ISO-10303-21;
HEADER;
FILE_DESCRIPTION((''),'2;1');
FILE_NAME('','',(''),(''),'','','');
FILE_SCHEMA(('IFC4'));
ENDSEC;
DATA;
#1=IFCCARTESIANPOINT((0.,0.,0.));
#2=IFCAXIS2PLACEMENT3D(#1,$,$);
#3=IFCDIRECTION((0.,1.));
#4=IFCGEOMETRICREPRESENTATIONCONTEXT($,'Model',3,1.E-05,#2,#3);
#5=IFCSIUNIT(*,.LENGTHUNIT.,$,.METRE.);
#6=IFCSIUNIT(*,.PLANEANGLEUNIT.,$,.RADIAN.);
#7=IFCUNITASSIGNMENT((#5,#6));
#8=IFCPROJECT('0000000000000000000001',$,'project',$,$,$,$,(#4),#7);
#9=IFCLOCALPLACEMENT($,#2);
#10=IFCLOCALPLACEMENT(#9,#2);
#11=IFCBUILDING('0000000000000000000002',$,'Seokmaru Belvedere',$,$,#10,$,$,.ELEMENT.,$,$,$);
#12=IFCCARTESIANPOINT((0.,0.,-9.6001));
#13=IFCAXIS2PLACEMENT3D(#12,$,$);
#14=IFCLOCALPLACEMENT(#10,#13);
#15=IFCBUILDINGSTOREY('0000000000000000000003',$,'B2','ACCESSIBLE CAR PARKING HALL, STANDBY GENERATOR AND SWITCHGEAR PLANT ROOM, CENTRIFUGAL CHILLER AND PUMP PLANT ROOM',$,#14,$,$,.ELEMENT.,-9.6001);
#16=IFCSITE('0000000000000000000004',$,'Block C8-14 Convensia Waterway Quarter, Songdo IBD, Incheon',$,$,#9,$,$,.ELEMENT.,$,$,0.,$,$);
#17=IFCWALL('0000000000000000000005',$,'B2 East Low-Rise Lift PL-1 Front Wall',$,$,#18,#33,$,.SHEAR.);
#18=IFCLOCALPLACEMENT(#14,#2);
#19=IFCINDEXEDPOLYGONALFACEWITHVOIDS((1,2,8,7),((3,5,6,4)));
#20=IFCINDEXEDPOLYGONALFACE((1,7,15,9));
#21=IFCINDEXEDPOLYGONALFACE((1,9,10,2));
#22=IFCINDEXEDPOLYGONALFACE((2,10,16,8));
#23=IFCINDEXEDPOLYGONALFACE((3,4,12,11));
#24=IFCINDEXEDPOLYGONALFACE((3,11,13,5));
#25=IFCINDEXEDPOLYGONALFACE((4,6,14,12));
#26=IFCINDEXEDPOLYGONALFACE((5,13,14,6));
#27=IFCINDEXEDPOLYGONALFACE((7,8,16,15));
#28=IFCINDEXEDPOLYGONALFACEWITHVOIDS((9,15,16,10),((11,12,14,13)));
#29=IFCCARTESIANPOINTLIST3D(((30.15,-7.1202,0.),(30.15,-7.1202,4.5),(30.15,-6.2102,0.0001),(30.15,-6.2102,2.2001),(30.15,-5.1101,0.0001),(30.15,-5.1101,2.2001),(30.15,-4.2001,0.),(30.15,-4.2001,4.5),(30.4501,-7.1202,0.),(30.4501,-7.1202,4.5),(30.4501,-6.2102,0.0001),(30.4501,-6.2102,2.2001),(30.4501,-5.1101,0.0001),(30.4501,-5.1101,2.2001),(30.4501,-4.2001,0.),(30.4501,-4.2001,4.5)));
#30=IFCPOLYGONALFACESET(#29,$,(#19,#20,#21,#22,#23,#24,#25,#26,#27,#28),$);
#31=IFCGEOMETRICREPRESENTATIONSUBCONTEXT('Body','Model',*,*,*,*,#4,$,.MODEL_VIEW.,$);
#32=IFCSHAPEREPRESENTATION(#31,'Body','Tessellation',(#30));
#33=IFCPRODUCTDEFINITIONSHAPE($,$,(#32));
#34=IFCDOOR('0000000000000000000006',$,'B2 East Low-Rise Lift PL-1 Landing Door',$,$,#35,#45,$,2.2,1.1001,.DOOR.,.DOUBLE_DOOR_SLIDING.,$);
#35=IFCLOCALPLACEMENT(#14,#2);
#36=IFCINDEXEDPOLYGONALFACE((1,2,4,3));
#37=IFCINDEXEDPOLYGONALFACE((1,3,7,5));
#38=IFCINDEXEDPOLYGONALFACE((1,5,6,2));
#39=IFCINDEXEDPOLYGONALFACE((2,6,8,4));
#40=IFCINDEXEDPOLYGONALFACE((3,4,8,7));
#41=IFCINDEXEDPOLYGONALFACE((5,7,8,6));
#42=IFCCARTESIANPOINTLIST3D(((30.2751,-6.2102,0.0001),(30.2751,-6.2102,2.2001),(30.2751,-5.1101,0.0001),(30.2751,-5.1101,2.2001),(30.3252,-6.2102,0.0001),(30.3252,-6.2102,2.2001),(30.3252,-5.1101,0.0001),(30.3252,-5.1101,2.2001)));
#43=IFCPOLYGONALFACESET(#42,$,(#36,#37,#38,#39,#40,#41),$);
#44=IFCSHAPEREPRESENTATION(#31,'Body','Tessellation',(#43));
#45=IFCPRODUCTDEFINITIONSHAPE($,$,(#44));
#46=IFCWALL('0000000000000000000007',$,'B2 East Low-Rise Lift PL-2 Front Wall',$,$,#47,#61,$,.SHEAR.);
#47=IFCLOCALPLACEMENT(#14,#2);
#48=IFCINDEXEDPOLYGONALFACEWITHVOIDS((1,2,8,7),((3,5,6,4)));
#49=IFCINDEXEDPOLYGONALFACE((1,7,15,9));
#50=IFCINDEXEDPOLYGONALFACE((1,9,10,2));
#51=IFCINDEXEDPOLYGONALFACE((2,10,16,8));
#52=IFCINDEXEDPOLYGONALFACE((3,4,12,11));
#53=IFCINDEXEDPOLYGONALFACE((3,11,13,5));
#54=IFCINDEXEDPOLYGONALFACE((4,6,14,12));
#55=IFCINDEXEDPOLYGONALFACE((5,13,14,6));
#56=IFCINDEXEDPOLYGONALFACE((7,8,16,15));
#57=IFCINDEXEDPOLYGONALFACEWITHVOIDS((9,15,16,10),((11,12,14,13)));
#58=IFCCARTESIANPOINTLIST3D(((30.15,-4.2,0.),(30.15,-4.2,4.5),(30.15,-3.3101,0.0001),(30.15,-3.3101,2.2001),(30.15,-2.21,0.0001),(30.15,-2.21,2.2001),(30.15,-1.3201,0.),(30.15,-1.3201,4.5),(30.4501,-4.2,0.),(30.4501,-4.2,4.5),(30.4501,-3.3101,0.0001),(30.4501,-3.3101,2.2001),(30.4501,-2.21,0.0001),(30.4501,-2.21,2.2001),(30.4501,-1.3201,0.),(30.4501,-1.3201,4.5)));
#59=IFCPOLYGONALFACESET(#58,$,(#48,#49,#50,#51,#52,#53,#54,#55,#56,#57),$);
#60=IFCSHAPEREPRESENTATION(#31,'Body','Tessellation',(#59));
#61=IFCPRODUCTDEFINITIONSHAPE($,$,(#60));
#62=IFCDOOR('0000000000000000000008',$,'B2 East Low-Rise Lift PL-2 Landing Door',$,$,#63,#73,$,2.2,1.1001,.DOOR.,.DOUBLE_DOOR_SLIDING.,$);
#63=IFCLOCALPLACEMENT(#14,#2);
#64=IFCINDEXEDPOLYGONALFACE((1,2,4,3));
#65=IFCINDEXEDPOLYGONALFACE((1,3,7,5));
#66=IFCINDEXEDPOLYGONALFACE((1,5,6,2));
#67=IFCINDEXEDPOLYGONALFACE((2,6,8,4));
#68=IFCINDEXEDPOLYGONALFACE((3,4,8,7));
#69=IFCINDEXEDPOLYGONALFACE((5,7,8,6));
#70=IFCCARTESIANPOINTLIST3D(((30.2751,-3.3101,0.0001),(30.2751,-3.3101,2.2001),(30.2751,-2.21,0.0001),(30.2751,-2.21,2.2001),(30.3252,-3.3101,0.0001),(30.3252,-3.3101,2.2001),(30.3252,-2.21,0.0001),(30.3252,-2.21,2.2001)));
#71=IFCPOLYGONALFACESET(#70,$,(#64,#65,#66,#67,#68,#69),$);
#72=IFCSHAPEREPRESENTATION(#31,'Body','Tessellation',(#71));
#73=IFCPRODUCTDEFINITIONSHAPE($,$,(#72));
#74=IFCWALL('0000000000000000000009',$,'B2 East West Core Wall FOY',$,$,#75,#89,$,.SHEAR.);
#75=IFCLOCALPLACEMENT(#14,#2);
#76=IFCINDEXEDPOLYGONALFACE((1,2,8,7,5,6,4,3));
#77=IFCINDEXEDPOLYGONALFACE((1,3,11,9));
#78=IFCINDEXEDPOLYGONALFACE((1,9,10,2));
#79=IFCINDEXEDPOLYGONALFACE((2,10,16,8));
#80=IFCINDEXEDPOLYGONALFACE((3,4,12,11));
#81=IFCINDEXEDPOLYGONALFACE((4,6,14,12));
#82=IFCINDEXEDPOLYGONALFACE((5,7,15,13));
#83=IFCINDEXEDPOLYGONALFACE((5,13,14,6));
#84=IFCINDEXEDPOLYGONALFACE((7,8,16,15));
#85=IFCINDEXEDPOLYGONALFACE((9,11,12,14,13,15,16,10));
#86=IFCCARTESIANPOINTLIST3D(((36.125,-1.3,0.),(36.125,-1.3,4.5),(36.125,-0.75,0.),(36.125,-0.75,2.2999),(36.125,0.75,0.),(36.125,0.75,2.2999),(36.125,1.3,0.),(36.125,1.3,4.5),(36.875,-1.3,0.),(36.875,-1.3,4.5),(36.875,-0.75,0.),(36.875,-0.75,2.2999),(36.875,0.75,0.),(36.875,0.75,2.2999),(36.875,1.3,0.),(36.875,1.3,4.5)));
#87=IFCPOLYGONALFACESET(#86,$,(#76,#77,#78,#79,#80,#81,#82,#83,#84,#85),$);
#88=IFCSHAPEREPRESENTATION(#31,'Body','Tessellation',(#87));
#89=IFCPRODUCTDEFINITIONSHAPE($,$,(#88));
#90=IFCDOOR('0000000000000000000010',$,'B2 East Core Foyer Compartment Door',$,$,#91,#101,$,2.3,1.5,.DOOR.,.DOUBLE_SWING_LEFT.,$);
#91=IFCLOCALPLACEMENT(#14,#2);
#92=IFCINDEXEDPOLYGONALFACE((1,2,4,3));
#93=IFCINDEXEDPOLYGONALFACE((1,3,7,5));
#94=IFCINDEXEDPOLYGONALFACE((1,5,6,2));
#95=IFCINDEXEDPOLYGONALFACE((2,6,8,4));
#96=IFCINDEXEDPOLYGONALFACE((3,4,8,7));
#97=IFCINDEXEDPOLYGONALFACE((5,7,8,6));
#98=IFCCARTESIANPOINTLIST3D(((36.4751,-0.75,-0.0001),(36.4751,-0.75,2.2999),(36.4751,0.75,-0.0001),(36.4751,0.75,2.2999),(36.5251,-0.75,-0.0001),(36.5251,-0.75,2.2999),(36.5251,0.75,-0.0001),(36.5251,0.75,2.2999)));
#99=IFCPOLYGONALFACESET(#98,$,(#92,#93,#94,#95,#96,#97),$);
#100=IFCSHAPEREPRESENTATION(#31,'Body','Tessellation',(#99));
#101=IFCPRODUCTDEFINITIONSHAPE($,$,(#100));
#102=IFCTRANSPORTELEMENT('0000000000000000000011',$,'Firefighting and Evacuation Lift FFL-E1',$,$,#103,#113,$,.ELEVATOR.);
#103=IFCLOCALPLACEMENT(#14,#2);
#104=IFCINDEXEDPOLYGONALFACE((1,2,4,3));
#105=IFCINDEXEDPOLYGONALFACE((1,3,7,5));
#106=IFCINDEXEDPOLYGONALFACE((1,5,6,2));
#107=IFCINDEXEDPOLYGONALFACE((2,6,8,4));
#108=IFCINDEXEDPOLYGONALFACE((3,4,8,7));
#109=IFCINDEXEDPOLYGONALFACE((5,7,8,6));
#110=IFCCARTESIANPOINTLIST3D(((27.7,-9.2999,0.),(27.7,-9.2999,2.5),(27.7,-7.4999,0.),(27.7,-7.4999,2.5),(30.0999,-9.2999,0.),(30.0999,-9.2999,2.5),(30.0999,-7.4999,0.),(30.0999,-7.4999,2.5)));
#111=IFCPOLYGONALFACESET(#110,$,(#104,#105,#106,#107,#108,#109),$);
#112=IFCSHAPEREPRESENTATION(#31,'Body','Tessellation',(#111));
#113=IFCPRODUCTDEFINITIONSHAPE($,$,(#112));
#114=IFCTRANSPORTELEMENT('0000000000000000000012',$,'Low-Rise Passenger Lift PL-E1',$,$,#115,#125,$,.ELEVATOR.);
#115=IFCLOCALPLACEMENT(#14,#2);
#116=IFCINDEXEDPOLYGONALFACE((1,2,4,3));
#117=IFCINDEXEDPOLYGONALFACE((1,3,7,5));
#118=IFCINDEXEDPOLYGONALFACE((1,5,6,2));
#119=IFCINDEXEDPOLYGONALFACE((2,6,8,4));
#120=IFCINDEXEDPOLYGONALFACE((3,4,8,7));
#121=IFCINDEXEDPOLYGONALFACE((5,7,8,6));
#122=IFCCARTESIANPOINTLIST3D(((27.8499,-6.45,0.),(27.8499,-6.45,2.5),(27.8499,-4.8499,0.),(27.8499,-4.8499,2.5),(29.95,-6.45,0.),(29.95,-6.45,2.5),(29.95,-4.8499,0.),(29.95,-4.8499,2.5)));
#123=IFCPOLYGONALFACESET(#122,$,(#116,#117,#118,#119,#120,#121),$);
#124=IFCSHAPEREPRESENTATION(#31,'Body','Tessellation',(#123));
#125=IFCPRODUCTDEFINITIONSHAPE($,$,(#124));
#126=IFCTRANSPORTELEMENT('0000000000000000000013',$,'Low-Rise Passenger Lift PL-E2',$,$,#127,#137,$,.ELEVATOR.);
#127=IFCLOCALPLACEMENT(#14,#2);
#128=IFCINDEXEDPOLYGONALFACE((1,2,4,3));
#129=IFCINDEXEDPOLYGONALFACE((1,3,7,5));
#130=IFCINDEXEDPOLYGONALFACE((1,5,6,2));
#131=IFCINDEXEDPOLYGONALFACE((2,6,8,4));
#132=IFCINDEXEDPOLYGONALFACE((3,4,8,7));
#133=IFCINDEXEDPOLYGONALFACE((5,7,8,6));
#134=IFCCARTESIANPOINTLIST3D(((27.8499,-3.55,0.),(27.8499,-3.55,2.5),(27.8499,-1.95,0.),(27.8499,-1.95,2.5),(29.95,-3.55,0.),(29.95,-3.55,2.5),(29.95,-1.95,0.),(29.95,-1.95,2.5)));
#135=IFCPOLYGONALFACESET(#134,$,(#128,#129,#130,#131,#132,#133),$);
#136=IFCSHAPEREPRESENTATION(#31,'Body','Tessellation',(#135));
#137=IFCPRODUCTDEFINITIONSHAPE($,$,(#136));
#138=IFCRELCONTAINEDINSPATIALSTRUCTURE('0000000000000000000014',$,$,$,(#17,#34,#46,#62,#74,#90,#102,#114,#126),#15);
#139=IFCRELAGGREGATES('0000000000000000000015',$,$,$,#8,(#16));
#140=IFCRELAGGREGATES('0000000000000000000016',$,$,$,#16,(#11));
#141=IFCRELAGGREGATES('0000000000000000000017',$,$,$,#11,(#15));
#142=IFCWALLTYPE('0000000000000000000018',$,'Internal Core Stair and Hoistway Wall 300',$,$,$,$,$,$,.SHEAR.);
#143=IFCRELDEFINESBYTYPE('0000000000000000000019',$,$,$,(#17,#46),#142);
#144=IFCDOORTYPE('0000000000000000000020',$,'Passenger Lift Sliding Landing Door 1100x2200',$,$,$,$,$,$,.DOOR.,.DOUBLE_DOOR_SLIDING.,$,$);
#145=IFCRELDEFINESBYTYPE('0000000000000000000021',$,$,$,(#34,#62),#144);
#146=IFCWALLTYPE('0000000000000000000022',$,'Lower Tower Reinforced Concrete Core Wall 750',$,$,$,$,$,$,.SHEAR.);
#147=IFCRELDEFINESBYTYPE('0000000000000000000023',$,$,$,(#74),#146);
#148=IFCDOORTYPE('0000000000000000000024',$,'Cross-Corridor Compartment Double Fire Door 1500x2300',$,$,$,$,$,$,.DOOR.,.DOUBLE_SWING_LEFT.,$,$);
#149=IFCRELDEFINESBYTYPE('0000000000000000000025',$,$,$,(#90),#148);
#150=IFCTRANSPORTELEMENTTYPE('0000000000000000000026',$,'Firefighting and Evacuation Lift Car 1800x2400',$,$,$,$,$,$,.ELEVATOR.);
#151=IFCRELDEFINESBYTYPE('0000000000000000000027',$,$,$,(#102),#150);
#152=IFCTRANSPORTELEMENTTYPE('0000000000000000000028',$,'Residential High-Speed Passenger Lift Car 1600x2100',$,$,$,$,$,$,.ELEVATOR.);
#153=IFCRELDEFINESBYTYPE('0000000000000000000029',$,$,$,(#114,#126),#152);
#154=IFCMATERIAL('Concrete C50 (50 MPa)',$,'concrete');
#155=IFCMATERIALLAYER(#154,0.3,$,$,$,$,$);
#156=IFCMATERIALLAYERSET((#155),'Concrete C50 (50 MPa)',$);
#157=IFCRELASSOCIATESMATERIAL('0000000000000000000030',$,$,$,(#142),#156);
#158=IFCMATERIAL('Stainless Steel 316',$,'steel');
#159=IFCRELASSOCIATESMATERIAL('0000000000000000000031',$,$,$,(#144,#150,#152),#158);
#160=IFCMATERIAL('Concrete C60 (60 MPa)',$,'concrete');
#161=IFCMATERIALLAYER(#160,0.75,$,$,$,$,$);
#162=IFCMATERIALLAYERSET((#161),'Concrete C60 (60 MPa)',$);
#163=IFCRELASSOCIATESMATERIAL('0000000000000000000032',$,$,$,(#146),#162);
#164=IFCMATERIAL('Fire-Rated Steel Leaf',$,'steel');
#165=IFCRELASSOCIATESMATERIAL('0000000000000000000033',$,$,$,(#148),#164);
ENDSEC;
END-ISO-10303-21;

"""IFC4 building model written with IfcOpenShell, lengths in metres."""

from ifc_helpers import new_model, si_unit, direction, frame, frame_2d, origin, origin_2d, place, context, subcontext, project, spatial, rectangle, extrude, source, transform, mapped, material, layer, layer_set, type_object, type_shapes, element, fill, save


model = new_model("IFC4")

# Units and contexts
model_context = context("Model", 3, precision=1e-05, world=origin(), true_north=direction((0.0, 1.0)))
body_context = subcontext(model_context, "Body", "Model", "MODEL_VIEW")
ifc_project = project(units=[si_unit("LENGTHUNIT", "METRE"), si_unit("PLANEANGLEUNIT", "RADIAN")], contexts=[model_context])

# Site, building, storey
site_placement = place(None, origin())
site = spatial("IfcSite", under=ifc_project, at=site_placement, Name="Block C8-14 Convensia Waterway Quarter, Songdo IBD, Incheon", CompositionType="ELEMENT", RefElevation=0.0)
building_placement = place(site_placement, origin())
building = spatial("IfcBuilding", under=site, at=building_placement, Name="Seokmaru Belvedere", CompositionType="ELEMENT")
storey_placement = place(building_placement, frame((0.0, 0.0, -9.6001)))
storey = spatial("IfcBuildingStorey", under=building, at=storey_placement, Name="B2", Description="ACCESSIBLE CAR PARKING HALL, STANDBY GENERATOR AND SWITCHGEAR PLANT ROOM, CENTRIFUGAL CHILLER AND PUMP PLANT ROOM", CompositionType="ELEMENT", Elevation=-9.6001)

# Shared definitions
ifc_material_1 = material(Name="Concrete C50 (50 MPa)", Category="concrete")

# Shared definitions
ifc_material_2 = material(Name="Fire-Rated Steel Leaf", Category="steel")

# Walls, openings, doors
ifc_layer_1 = layer(ifc_material_1, 0.3)
ifc_layer_set_1 = layer_set([ifc_layer_1], Name="Concrete C50 (50 MPa)")
wall_type_1 = type_object("IfcWallType", Name="Internal Core Stair and Hoistway Wall 300", PredefinedType="SHEAR", material=ifc_layer_set_1)
ifc_material_3 = material(Name="Stainless Steel 316", Category="steel")
wall_1_placement = place(storey_placement, frame((30.3, -7.1201, 0.0), z_axis=(0.0, 0.0, 1.0), x_axis=(0.0, 1.0, 0.0)))
wall_1 = element("IfcWall", 1, at=wall_1_placement, inside=storey, type_object=wall_type_1, Name="B2 East Low-Rise Lift PL-1 Front Wall", PredefinedType="SHEAR", context=body_context, shape_type="SweptSolid", body=[
    extrude(rectangle(XDim=2.9202, YDim=0.3, at=frame_2d((1.46, 0.0))), origin(), (0.0, 0.0, 1.0), 4.5),
])
opening_1_placement = place(wall_1_placement, frame((0.9099, 0.0, 0.0)))
opening_1 = element("IfcOpeningElement", 2, at=opening_1_placement, cuts=wall_1, PredefinedType="OPENING", context=body_context, shape_type="SweptSolid", body=[
    extrude(rectangle(XDim=1.1001, YDim=2.2, at=frame_2d((0.55, 1.1001))), frame((0.0, 0.1602, 0.0), z_axis=(0.0, -1.0, 0.0), x_axis=(1.0, 0.0, 0.0)), (0.0, 0.0, 1.0), 0.3201),
])
door_type_1 = type_object("IfcDoorType", Name="Passenger Lift Sliding Landing Door 1100x2200", OperationType="DOUBLE_DOOR_SLIDING", PredefinedType="DOOR", material=ifc_material_3)
shared_shape_1 = source(origin(), body_context, "Body", "SweptSolid", [
    extrude(rectangle(XDim=1.1001, YDim=2.2, at=frame_2d((0.55, 1.1001))), frame((0.0, 0.0249, 0.0), z_axis=(0.0, -1.0, 0.0), x_axis=(1.0, 0.0, 0.0)), (0.0, 0.0, 1.0), 0.05),
])
type_shapes(door_type_1, [shared_shape_1])
door_1_placement = place(opening_1_placement, origin())
door_1 = element("IfcDoor", 3, at=door_1_placement, inside=storey, type_object=door_type_1, Name="B2 East Low-Rise Lift PL-1 Landing Door", OperationType="DOUBLE_DOOR_SLIDING", OverallHeight=2.2, OverallWidth=1.1001, PredefinedType="DOOR", context=body_context, shape_type="MappedRepresentation", body=[
    mapped(shared_shape_1, transform((0.0, 0.0, 0.0), scale=1.0)),
])
fill(opening_1, door_1)
wall_2_placement = place(storey_placement, frame((30.3, -4.2, 0.0), z_axis=(0.0, 0.0, 1.0), x_axis=(0.0, 1.0, 0.0)))
wall_2 = element("IfcWall", 4, at=wall_2_placement, inside=storey, type_object=wall_type_1, Name="B2 East Low-Rise Lift PL-2 Front Wall", PredefinedType="SHEAR", context=body_context, shape_type="SweptSolid", body=[
    extrude(rectangle(XDim=2.8799, YDim=0.3, at=frame_2d((1.4399, 0.0))), origin(), (0.0, 0.0, 1.0), 4.5),
])
opening_2_placement = place(wall_2_placement, frame((0.8899, 0.0, 0.0)))
opening_2 = element("IfcOpeningElement", 5, at=opening_2_placement, cuts=wall_2, PredefinedType="OPENING", context=body_context, shape_type="SweptSolid", body=[
    extrude(rectangle(XDim=1.1001, YDim=2.2, at=frame_2d((0.55, 1.1001))), frame((0.0, 0.1602, 0.0), z_axis=(0.0, -1.0, 0.0), x_axis=(1.0, 0.0, 0.0)), (0.0, 0.0, 1.0), 0.3201),
])
door_2_placement = place(opening_2_placement, origin())
door_2 = element("IfcDoor", 6, at=door_2_placement, inside=storey, type_object=door_type_1, Name="B2 East Low-Rise Lift PL-2 Landing Door", OperationType="DOUBLE_DOOR_SLIDING", OverallHeight=2.2, OverallWidth=1.1001, PredefinedType="DOOR", context=body_context, shape_type="MappedRepresentation", body=[
    mapped(shared_shape_1, transform((0.0, 0.0, 0.0), scale=1.0)),
])
fill(opening_2, door_2)
ifc_material_4 = material(Name="Concrete C60 (60 MPa)", Category="concrete")
ifc_layer_2 = layer(ifc_material_4, 0.75)
ifc_layer_set_2 = layer_set([ifc_layer_2], Name="Concrete C60 (60 MPa)")
wall_type_2 = type_object("IfcWallType", Name="Lower Tower Reinforced Concrete Core Wall 750", PredefinedType="SHEAR", material=ifc_layer_set_2)
wall_3_placement = place(storey_placement, frame((36.5, -1.3, 0.0), z_axis=(0.0, 0.0, 1.0), x_axis=(0.0, 1.0, 0.0)))
wall_3 = element("IfcWall", 7, at=wall_3_placement, inside=storey, type_object=wall_type_2, Name="B2 East West Core Wall FOY", PredefinedType="SHEAR", context=body_context, shape_type="SweptSolid", body=[
    extrude(rectangle(XDim=2.6001, YDim=0.75, at=frame_2d((1.3, 0.0))), origin(), (0.0, 0.0, 1.0), 4.5),
])
opening_3_placement = place(wall_3_placement, frame((0.55, 0.0, 0.0)))
opening_3 = element("IfcOpeningElement", 8, at=opening_3_placement, cuts=wall_3, PredefinedType="OPENING", context=body_context, shape_type="SweptSolid", body=[
    extrude(rectangle(XDim=1.5, YDim=2.3, at=frame_2d((0.75, 1.1499))), frame((0.0, 0.385, 0.0), z_axis=(0.0, -1.0, 0.0), x_axis=(1.0, 0.0, 0.0)), (0.0, 0.0, 1.0), 0.77),
])
door_type_2 = type_object("IfcDoorType", Name="Cross-Corridor Compartment Double Fire Door 1500x2300", OperationType="DOUBLE_SWING_LEFT", PredefinedType="DOOR", material=ifc_material_2)
shared_shape_2 = source(origin(), body_context, "Body", "SweptSolid", [
    extrude(rectangle(XDim=1.5, YDim=2.3, at=frame_2d((0.75, 1.1499))), frame((0.0, 0.0249, 0.0), z_axis=(0.0, -1.0, 0.0), x_axis=(1.0, 0.0, 0.0)), (0.0, 0.0, 1.0), 0.05),
])
type_shapes(door_type_2, [shared_shape_2])
door_3_placement = place(opening_3_placement, origin())
door_3 = element("IfcDoor", 9, at=door_3_placement, inside=storey, type_object=door_type_2, Name="B2 East Core Foyer Compartment Door", OperationType="DOUBLE_SWING_LEFT", OverallHeight=2.3, OverallWidth=1.5, PredefinedType="DOOR", context=body_context, shape_type="MappedRepresentation", body=[
    mapped(shared_shape_2, transform((0.0, 0.0, 0.0), scale=1.0)),
])
fill(opening_3, door_3)

# Transport elements
transport_element_type_1 = type_object("IfcTransportElementType", Name="Firefighting and Evacuation Lift Car 1800x2400", PredefinedType="ELEVATOR", material=ifc_material_3)
shared_shape_3 = source(origin(), body_context, "Body", "SweptSolid", [
    extrude(rectangle(XDim=2.3999, YDim=1.8, at=origin_2d()), origin(), (0.0, 0.0, 1.0), 2.5),
])
type_shapes(transport_element_type_1, [shared_shape_3])
transport_element_placement = place(storey_placement, frame((28.8999, -8.3999, 0.0), z_axis=(0.0, 0.0, 1.0), x_axis=(1.0, 0.0, 0.0)))
element("IfcTransportElement", 10, at=transport_element_placement, inside=storey, type_object=transport_element_type_1, Name="Firefighting and Evacuation Lift FFL-E1", PredefinedType="ELEVATOR", context=body_context, shape_type="MappedRepresentation", body=[
    mapped(shared_shape_3, transform((0.0, 0.0, 0.0), scale=1.0)),
])
transport_element_type_2 = type_object("IfcTransportElementType", Name="Residential High-Speed Passenger Lift Car 1600x2100", PredefinedType="ELEVATOR", material=ifc_material_3)
shared_shape_4 = source(origin(), body_context, "Body", "SweptSolid", [
    extrude(rectangle(XDim=2.1001, YDim=1.6001, at=origin_2d()), origin(), (0.0, 0.0, 1.0), 2.5),
])
type_shapes(transport_element_type_2, [shared_shape_4])
for number, where, z_axis, x_axis, name in (
    (11, (28.8999, -5.6499, 0.0), (0.0, 0.0, 1.0), (1.0, 0.0, 0.0), "Low-Rise Passenger Lift PL-E1"),
    (12, (28.8999, -2.75, 0.0), (0.0, 0.0, 1.0), (1.0, 0.0, 0.0), "Low-Rise Passenger Lift PL-E2"),
):
    element("IfcTransportElement", number, at=place(storey_placement, frame(where, z_axis=z_axis, x_axis=x_axis)), inside=storey, type_object=transport_element_type_2, Name=name, PredefinedType="ELEVATOR", context=body_context, shape_type="MappedRepresentation", body=[
        mapped(shared_shape_4, transform((0.0, 0.0, 0.0), scale=1.0)),
    ])

save(model, "model.ifc")
